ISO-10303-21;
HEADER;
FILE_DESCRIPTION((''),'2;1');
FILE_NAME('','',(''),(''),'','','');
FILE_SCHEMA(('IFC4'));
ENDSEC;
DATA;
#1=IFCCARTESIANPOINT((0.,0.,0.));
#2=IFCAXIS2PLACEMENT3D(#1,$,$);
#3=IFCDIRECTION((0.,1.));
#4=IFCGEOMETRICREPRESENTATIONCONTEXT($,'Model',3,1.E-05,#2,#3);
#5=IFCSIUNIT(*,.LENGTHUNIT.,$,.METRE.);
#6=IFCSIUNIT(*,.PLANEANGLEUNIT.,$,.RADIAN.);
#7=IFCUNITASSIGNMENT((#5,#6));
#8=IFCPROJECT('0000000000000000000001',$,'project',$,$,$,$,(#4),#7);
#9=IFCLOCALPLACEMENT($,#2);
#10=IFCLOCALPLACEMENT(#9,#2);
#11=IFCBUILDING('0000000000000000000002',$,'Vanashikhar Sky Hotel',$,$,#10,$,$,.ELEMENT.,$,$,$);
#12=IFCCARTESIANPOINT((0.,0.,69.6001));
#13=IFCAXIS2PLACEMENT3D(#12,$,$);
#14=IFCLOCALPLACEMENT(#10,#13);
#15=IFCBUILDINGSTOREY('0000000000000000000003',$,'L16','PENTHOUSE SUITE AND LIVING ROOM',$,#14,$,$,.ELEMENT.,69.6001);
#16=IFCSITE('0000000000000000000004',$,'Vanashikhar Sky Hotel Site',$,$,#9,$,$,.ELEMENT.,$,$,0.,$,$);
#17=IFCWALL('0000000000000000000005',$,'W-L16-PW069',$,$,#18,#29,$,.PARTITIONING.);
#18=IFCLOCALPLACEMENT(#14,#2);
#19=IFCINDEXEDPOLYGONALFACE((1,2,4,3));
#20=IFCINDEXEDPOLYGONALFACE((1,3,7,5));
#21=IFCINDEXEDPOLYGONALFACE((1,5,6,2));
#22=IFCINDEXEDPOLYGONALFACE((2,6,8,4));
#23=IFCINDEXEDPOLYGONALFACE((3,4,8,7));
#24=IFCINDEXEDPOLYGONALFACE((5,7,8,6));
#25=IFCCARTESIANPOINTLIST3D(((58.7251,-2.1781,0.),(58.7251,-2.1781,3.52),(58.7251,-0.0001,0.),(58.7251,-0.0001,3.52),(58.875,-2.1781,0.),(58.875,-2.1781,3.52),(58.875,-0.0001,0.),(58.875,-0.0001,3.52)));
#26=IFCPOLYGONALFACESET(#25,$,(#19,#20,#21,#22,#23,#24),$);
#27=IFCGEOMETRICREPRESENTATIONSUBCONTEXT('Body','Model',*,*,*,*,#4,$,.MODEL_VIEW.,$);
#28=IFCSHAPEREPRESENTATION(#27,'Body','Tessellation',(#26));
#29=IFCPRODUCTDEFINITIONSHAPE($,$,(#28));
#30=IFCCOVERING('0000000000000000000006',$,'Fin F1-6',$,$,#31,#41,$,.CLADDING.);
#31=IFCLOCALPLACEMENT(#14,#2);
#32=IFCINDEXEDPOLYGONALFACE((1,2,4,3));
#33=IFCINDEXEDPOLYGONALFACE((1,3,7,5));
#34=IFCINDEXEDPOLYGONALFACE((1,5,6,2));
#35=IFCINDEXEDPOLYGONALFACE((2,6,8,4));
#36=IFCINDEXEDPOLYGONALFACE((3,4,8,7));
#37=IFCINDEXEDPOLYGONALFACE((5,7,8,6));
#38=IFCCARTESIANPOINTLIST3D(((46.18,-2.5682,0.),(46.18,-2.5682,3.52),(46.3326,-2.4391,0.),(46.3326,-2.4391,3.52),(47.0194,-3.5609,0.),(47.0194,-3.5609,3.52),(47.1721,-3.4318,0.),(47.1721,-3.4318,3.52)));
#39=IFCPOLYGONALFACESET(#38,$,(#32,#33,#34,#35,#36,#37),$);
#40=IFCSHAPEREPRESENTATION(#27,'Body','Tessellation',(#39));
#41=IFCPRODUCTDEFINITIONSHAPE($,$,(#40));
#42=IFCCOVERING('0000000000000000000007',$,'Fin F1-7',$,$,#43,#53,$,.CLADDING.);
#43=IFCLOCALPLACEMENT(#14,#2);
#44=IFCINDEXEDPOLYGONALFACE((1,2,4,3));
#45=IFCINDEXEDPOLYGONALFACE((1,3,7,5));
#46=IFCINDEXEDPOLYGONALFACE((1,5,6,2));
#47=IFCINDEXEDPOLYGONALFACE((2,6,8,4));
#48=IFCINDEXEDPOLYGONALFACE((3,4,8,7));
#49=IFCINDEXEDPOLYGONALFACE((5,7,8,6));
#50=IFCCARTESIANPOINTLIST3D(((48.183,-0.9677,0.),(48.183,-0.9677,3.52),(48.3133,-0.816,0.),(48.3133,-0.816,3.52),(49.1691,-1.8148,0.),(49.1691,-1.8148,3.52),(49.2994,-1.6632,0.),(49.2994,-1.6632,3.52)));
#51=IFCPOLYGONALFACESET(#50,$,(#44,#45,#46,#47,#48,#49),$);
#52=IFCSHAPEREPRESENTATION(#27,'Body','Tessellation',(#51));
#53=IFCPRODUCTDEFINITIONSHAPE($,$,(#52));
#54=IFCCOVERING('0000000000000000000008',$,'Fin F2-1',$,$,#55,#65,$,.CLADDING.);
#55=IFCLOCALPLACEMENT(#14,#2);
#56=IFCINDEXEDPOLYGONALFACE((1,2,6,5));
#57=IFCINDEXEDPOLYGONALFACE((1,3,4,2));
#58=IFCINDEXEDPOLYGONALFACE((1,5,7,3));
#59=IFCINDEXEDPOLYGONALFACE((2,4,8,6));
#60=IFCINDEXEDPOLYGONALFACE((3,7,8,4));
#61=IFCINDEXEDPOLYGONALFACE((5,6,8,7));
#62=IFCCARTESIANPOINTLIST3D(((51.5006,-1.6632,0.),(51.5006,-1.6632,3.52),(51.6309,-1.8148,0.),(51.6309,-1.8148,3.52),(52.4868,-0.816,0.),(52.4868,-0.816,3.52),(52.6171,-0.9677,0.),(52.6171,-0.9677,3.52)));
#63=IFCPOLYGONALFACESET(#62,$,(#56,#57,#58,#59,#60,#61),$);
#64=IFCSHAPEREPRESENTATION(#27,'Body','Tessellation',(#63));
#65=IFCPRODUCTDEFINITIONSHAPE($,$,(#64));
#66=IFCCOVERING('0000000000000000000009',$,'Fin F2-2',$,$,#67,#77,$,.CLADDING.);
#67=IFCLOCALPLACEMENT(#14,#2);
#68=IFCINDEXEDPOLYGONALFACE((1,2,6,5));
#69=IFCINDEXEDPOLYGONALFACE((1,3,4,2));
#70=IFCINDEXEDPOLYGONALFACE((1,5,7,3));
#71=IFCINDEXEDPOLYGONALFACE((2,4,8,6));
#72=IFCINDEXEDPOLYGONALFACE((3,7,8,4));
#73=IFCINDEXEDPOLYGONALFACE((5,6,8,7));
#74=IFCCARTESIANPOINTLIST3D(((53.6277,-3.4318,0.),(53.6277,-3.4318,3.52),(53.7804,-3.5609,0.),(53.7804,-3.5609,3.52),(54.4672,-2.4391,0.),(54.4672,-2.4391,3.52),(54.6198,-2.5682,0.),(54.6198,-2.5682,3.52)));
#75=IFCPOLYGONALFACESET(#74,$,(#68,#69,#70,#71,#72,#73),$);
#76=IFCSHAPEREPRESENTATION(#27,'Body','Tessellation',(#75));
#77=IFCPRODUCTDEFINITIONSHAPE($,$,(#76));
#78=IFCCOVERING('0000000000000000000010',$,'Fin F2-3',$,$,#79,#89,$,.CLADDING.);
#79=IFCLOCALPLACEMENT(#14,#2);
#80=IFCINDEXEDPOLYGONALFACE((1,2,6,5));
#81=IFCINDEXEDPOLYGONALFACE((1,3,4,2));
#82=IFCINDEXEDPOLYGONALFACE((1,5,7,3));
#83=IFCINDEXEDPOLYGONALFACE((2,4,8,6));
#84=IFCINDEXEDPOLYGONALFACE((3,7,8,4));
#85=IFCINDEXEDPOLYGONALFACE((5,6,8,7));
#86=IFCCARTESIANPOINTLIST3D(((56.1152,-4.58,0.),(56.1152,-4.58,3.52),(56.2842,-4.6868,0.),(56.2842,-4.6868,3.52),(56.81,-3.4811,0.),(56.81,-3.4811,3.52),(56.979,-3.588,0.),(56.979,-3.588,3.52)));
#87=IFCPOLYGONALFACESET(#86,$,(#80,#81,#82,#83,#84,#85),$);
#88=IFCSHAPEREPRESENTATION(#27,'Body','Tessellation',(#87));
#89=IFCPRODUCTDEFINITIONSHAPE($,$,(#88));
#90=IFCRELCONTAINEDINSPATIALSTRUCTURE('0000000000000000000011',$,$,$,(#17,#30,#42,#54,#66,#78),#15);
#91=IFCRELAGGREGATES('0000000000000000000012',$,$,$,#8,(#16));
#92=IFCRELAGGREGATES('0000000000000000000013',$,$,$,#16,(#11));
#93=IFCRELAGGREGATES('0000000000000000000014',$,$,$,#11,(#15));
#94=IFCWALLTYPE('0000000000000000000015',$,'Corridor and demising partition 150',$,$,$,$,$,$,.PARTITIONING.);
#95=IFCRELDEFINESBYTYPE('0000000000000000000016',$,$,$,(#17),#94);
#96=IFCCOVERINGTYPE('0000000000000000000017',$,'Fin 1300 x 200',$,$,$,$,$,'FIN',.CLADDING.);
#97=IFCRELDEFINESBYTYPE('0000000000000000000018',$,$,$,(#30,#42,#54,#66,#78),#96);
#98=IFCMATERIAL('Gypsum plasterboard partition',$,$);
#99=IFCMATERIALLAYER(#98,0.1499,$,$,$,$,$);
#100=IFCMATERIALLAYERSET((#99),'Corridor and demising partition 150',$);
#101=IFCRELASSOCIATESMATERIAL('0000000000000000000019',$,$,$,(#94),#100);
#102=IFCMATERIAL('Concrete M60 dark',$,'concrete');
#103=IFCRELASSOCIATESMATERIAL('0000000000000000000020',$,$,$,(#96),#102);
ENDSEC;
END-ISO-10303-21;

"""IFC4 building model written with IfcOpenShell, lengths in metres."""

from ifc_helpers import new_model, si_unit, direction, frame, frame_2d, origin, origin_2d, place, context, subcontext, project, spatial, rectangle, extrude, source, transform, mapped, material, layer, layer_set, material_profile, profile_set, type_object, element, save


model = new_model("IFC4")

# Units and contexts
model_context = context("Model", 3, precision=1e-05, world=origin(), true_north=direction((0.0, 1.0)))
body_context = subcontext(model_context, "Body", "Model", "MODEL_VIEW")
ifc_project = project(units=[si_unit("LENGTHUNIT", "METRE"), si_unit("PLANEANGLEUNIT", "RADIAN")], contexts=[model_context])

# Site, building, storey
site_placement = place(None, origin())
site = spatial("IfcSite", under=ifc_project, at=site_placement, Name="Vanashikhar Sky Hotel Site", CompositionType="ELEMENT", RefElevation=0.0)
building_placement = place(site_placement, origin())
building = spatial("IfcBuilding", under=site, at=building_placement, Name="Vanashikhar Sky Hotel", CompositionType="ELEMENT")
storey_placement = place(building_placement, frame((0.0, 0.0, 69.6001)))
storey = spatial("IfcBuildingStorey", under=building, at=storey_placement, Name="L16", Description="PENTHOUSE SUITE AND LIVING ROOM", CompositionType="ELEMENT", Elevation=69.6001)

# Wall
ifc_material_1 = material(Name="Gypsum plasterboard partition")
ifc_layer_1 = layer(ifc_material_1, 0.1499)
ifc_layer_set_1 = layer_set([ifc_layer_1], Name="Corridor and demising partition 150")
wall_type_1 = type_object("IfcWallType", Name="Corridor and demising partition 150", PredefinedType="PARTITIONING", material=ifc_layer_set_1)
shared_shape_1 = source(origin(), body_context, "Body", "SweptSolid", [
    extrude(rectangle(XDim=2.178, YDim=0.1499, at=frame_2d((1.0889, 0.0))), origin(), (0.0, 0.0, 1.0), 3.52),
])
wall_1_placement = place(storey_placement, frame((58.8, -2.178, 0.0), z_axis=(0.0, 0.0, 1.0), x_axis=(0.0, 1.0, 0.0)))
element("IfcWall", 1, at=wall_1_placement, inside=storey, type_object=wall_type_1, Name="W-L16-PW069", PredefinedType="PARTITIONING", context=body_context, shape_type="MappedRepresentation", body=[
    mapped(shared_shape_1, transform((0.0, 0.0, 0.0), scale=1.0)),
])

# Coverings
ifc_material_2 = material(Name="Concrete M60 dark", Category="concrete")
ifc_material_profile = material_profile(ifc_material_2, rectangle(XDim=1.3, YDim=0.2, at=origin_2d()))
ifc_profile_set = profile_set([ifc_material_profile], Name="Fin 1300 x 200")
covering_type = type_object("IfcCoveringType", Name="Fin 1300 x 200", ElementType="FIN", PredefinedType="CLADDING", material=ifc_profile_set)
shared_shape_2 = source(origin(), body_context, "Body", "SweptSolid", [
    extrude(rectangle(XDim=1.3, YDim=0.2, at=origin_2d()), origin(), (0.0, 0.0, 1.0), 3.52),
])
for number, where, z_axis, x_axis, name in (
    (2, (46.676, -3.0, 0.0), (0.0, 0.0, 1.0), (0.645698, -0.763593, 0.0), "Fin F1-6"),
    (3, (48.7412, -1.3154, 0.0), (0.0, 0.0, 1.0), (0.758544, -0.651622, 0.0), "Fin F1-7"),
    (4, (52.0588, -1.3154, 0.0), (0.0, 0.0, 1.0), (-0.758544, -0.651622, 0.0), "Fin F2-1"),
    (5, (54.1238, -3.0, 0.0), (0.0, 0.0, 1.0), (-0.645698, -0.763593, 0.0), "Fin F2-2"),
    (6, (56.5471, -4.084, 0.0), (0.0, 0.0, 1.0), (-0.534411, -0.845225, 0.0), "Fin F2-3"),
):
    element("IfcCovering", number, at=place(storey_placement, frame(where, z_axis=z_axis, x_axis=x_axis)), inside=storey, type_object=covering_type, Name=name, PredefinedType="CLADDING", context=body_context, shape_type="MappedRepresentation", body=[
        mapped(shared_shape_2, transform((0.0, 0.0, 0.0), scale=1.0)),
    ])

save(model, "model.ifc")
